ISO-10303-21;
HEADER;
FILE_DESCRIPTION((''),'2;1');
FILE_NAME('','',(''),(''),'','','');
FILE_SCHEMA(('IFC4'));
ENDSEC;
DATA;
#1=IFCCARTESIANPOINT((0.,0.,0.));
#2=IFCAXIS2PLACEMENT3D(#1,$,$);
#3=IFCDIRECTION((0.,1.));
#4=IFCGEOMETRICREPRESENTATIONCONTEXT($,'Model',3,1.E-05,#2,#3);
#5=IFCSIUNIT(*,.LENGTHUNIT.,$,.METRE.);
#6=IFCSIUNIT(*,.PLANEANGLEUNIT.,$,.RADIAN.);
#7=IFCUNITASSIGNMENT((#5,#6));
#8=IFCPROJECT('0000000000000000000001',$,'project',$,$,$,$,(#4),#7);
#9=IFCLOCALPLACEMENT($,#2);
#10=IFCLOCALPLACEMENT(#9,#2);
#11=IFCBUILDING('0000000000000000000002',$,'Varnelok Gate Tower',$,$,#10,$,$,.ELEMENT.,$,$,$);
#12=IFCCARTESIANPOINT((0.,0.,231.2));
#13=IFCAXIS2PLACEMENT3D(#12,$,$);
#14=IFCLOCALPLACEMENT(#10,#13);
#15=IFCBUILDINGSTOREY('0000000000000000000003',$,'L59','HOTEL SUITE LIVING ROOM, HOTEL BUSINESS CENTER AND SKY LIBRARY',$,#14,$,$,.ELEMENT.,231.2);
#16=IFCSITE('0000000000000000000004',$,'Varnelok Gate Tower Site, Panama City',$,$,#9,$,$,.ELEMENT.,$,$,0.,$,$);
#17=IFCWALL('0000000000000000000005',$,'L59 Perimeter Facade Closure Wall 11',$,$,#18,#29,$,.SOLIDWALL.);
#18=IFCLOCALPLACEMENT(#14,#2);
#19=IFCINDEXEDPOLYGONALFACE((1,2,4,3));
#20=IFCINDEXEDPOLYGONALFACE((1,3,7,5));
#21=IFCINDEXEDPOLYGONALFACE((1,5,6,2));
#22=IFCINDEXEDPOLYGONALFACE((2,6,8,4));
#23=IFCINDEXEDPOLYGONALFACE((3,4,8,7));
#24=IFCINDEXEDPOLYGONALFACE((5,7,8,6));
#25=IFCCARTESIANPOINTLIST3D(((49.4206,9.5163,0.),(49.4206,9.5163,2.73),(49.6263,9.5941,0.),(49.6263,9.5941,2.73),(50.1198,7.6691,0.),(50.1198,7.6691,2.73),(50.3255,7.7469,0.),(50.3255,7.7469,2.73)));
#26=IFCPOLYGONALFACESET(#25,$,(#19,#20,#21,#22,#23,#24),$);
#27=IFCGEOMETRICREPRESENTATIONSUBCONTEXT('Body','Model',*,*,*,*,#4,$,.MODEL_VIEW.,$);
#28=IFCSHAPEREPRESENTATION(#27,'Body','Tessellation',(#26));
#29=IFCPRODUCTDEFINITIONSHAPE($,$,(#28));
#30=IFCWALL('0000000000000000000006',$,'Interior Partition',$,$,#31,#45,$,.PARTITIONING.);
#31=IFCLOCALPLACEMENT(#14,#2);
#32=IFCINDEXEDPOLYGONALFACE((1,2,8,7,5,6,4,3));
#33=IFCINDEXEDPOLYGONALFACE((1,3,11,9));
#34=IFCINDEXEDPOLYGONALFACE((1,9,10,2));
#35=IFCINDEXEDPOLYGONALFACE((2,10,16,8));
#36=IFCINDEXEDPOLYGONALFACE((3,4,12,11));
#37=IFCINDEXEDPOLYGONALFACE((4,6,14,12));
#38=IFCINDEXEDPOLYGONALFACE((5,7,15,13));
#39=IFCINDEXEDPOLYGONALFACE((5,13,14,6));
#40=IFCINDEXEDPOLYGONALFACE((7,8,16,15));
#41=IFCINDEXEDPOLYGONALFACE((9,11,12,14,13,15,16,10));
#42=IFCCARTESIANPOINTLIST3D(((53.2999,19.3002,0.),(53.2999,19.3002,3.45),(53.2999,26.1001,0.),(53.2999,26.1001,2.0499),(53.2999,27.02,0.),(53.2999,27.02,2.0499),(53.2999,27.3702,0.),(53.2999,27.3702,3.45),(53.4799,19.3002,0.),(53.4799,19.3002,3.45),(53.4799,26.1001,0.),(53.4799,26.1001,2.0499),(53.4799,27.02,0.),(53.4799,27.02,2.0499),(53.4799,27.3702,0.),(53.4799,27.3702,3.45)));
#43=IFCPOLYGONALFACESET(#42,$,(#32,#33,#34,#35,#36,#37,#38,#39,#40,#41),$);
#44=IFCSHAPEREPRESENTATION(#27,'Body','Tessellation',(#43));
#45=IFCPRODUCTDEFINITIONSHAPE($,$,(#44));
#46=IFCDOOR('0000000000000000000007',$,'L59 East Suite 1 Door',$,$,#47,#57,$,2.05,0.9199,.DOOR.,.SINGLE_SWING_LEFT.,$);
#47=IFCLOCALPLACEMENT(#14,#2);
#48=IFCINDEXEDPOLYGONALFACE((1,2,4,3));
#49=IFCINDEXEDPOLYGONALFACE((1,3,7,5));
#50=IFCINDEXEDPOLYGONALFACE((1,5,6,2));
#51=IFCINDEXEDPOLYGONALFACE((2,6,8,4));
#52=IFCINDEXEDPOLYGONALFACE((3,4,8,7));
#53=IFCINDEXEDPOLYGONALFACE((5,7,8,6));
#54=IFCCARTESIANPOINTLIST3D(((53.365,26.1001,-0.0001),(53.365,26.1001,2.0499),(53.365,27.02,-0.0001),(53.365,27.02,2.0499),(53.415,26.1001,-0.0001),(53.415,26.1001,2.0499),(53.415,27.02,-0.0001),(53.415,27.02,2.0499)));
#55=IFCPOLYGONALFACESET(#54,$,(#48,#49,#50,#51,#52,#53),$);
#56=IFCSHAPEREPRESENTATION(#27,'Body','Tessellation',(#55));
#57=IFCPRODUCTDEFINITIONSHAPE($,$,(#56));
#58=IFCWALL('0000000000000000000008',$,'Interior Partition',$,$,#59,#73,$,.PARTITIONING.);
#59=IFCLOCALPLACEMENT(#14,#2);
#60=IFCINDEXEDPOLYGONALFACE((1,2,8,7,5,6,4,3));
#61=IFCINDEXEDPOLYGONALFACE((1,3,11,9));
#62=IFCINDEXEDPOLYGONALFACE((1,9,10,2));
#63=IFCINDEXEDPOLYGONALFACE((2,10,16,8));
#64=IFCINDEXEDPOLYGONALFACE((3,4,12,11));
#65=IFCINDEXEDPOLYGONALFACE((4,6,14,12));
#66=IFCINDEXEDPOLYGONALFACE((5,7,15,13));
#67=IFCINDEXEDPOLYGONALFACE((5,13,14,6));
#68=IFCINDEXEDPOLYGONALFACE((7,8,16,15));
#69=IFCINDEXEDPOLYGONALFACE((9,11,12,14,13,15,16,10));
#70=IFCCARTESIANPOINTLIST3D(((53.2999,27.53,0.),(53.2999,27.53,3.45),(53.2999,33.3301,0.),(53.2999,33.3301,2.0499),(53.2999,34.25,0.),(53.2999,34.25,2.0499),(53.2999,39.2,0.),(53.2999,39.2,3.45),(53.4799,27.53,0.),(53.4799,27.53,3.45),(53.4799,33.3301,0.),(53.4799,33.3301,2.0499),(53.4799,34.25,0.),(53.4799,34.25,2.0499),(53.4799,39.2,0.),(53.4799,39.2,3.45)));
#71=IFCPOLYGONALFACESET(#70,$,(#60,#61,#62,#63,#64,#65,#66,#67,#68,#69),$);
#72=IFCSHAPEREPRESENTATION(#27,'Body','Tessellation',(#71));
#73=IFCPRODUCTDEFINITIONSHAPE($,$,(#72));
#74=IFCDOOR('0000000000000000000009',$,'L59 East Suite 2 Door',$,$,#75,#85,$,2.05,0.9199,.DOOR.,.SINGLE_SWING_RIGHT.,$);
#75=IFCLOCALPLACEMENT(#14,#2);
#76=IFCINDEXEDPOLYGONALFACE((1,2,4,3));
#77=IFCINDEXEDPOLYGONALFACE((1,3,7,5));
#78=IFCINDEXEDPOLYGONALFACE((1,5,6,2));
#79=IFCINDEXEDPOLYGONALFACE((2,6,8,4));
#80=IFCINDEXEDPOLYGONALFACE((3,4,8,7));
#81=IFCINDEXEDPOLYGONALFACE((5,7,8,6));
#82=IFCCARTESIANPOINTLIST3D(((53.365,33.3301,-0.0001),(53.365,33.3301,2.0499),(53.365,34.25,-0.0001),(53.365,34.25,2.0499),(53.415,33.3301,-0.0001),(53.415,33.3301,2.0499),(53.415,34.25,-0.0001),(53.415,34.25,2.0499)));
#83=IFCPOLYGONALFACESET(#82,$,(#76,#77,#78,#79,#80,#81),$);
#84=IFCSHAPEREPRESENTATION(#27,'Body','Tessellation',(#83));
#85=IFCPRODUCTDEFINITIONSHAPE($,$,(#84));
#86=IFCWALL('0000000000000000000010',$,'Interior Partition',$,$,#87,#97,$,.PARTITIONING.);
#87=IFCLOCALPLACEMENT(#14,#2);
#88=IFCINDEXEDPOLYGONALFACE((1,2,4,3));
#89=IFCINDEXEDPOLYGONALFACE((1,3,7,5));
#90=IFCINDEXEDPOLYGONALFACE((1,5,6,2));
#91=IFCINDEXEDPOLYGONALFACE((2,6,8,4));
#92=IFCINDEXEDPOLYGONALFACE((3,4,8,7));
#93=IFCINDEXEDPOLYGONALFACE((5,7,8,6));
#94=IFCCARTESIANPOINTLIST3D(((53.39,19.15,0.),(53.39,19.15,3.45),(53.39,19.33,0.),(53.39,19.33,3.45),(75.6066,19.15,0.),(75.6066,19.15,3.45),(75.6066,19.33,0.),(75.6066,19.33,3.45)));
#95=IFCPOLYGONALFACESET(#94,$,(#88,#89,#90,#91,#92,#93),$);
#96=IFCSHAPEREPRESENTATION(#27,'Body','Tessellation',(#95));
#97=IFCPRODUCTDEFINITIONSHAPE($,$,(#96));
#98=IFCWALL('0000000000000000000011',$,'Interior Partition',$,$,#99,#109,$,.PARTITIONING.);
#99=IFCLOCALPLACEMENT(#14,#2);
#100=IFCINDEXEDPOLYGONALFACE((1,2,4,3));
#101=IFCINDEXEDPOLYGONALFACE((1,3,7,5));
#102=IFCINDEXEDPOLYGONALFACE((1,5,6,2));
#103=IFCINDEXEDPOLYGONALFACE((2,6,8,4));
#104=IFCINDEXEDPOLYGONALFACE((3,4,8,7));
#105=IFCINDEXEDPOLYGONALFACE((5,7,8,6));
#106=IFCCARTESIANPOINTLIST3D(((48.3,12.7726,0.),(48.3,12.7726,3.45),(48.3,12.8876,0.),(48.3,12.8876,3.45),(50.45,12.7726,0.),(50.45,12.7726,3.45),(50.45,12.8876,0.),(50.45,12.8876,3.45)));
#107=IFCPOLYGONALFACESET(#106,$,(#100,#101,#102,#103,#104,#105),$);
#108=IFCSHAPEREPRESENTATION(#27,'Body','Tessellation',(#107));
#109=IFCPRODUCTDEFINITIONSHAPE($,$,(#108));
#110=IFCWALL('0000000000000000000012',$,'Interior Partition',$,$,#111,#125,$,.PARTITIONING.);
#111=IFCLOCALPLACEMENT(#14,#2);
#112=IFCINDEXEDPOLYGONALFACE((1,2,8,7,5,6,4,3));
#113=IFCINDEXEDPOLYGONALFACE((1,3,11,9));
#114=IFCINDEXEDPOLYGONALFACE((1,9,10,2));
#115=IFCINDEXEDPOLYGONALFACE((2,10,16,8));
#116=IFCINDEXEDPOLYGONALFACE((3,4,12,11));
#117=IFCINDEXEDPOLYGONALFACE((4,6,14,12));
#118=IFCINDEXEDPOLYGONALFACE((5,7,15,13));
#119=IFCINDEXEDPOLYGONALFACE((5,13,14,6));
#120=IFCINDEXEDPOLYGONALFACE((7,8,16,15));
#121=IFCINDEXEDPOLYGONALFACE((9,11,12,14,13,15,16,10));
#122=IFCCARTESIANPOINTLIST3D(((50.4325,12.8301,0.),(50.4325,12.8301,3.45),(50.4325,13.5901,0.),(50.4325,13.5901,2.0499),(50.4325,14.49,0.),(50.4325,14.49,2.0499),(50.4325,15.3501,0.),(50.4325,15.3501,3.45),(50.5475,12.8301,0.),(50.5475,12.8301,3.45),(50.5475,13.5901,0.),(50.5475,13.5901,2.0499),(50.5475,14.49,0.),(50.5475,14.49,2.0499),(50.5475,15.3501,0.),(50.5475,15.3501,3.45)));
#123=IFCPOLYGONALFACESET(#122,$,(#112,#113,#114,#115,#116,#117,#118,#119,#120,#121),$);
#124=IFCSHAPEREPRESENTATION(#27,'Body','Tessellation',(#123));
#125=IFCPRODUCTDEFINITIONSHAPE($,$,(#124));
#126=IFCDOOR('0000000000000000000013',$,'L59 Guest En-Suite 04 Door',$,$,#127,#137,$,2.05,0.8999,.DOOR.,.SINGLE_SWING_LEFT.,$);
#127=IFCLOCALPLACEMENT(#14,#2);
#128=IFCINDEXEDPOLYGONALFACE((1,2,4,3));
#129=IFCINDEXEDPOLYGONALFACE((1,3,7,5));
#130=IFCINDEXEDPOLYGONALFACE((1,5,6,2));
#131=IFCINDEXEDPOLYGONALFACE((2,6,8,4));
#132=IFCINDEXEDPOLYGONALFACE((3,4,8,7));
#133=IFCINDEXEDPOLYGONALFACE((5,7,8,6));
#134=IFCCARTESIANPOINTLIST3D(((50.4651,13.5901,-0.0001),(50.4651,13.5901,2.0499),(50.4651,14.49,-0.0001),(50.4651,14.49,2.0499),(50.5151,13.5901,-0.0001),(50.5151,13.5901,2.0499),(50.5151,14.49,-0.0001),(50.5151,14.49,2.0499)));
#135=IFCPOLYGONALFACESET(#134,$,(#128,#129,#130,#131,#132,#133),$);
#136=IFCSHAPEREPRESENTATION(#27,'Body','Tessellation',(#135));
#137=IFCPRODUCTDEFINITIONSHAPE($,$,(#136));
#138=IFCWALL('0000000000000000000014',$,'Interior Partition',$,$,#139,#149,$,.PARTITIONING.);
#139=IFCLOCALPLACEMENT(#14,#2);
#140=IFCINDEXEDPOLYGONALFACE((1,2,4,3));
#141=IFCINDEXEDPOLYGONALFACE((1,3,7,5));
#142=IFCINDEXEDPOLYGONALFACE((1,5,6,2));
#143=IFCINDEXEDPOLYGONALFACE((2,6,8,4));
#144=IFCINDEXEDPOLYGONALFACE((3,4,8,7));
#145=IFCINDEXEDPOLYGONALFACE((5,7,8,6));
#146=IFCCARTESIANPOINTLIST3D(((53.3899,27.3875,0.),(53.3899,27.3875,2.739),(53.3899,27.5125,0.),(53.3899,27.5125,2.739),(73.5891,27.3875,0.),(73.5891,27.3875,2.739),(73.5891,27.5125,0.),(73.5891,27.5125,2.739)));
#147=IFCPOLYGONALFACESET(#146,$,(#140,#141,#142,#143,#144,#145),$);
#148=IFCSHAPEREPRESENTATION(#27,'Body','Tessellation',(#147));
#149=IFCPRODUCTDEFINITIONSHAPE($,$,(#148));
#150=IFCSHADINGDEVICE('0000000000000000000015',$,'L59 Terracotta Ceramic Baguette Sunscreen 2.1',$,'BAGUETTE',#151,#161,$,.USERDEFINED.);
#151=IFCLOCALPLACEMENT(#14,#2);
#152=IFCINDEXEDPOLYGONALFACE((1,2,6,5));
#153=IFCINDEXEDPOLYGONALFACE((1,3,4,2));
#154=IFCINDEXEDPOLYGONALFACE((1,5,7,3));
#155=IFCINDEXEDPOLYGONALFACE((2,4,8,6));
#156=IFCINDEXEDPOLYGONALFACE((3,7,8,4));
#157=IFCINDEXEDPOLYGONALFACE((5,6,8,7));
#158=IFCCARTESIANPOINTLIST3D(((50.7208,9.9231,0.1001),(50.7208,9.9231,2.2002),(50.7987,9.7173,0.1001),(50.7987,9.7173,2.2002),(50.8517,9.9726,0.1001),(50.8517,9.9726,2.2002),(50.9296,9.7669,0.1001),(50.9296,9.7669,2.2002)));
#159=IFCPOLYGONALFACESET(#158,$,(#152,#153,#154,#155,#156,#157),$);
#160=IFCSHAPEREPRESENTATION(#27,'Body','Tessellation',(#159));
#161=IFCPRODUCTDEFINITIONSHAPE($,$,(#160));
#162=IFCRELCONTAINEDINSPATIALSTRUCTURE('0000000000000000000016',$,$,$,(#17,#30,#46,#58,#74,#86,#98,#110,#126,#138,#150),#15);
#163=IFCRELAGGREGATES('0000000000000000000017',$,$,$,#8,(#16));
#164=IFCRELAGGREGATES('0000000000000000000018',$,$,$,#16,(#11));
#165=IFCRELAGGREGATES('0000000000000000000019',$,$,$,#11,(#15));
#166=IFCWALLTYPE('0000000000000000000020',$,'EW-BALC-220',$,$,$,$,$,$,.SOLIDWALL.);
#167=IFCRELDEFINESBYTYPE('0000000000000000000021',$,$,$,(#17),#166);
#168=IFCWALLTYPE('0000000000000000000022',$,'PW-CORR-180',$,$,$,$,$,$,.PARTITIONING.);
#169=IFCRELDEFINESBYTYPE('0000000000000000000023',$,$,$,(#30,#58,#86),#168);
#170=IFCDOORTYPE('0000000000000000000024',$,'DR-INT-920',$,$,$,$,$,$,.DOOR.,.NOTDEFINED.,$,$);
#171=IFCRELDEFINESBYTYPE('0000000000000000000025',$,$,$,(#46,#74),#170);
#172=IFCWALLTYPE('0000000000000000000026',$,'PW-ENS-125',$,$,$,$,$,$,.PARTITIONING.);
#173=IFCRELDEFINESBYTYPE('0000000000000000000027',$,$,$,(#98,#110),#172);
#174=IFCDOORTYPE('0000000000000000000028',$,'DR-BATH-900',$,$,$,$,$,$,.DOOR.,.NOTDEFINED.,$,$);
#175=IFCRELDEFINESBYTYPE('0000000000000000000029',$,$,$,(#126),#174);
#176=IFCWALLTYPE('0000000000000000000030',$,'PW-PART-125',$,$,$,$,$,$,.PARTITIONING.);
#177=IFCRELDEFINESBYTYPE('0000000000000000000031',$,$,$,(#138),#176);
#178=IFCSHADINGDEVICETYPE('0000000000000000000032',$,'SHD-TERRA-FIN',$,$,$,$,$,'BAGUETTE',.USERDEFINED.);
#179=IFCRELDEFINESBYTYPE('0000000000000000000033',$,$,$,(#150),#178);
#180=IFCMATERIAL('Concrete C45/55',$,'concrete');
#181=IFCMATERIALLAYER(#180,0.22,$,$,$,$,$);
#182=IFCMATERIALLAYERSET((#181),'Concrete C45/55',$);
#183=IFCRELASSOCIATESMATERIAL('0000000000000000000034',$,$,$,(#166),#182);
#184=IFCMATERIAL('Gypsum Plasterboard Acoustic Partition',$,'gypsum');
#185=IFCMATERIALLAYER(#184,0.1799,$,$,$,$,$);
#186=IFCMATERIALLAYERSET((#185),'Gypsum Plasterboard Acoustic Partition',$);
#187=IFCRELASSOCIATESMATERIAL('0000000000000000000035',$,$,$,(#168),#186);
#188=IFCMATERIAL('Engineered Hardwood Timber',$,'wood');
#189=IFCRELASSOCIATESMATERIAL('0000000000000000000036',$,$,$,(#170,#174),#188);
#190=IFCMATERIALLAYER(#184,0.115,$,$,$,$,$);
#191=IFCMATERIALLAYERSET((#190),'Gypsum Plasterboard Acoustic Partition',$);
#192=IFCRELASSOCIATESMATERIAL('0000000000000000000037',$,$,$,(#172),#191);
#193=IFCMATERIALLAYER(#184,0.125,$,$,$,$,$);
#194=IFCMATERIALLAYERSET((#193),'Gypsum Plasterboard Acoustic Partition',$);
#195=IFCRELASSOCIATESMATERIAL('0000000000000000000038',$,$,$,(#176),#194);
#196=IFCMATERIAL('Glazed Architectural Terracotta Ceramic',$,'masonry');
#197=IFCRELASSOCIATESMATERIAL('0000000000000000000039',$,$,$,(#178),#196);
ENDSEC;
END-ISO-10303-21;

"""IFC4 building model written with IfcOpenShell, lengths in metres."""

from ifc_helpers import new_model, si_unit, direction, frame, frame_2d, origin, origin_2d, place, context, subcontext, project, spatial, rectangle, extrude, source, transform, mapped, material, layer, layer_set, type_object, element, fill, save


model = new_model("IFC4")

# Units and contexts
model_context = context("Model", 3, precision=1e-05, world=origin(), true_north=direction((0.0, 1.0)))
body_context = subcontext(model_context, "Body", "Model", "MODEL_VIEW")
ifc_project = project(units=[si_unit("LENGTHUNIT", "METRE"), si_unit("PLANEANGLEUNIT", "RADIAN")], contexts=[model_context])

# Site, building, storey
site_placement = place(None, origin())
site = spatial("IfcSite", under=ifc_project, at=site_placement, Name="Varnelok Gate Tower Site, Panama City", CompositionType="ELEMENT", RefElevation=0.0)
building_placement = place(site_placement, origin())
building = spatial("IfcBuilding", under=site, at=building_placement, Name="Varnelok Gate Tower", CompositionType="ELEMENT")
storey_placement = place(building_placement, frame((0.0, 0.0, 231.2)))
storey = spatial("IfcBuildingStorey", under=building, at=storey_placement, Name="L59", Description="HOTEL SUITE LIVING ROOM, HOTEL BUSINESS CENTER AND SKY LIBRARY", CompositionType="ELEMENT", Elevation=231.2)

# Wall
ifc_material_1 = material(Name="Concrete C45/55", Category="concrete")
ifc_layer_1 = layer(ifc_material_1, 0.22)
ifc_layer_set_1 = layer_set([ifc_layer_1], Name="Concrete C45/55")
wall_type_1 = type_object("IfcWallType", Name="EW-BALC-220", PredefinedType="SOLIDWALL", material=ifc_layer_set_1)
wall_1_placement = place(storey_placement, frame((50.2227, 7.708, 0.0), z_axis=(0.0, 0.0, 1.0), x_axis=(-0.354021, 0.935238, 0.0)))
element("IfcWall", 1, at=wall_1_placement, inside=storey, type_object=wall_type_1, Name="L59 Perimeter Facade Closure Wall 11", PredefinedType="SOLIDWALL", context=body_context, shape_type="SweptSolid", body=[
    extrude(rectangle(XDim=1.9751, YDim=0.22, at=frame_2d((0.9875, 0.0))), origin(), (0.0, 0.0, 1.0), 2.73),
])

# Walls, openings, doors
ifc_material_2 = material(Name="Gypsum Plasterboard Acoustic Partition", Category="gypsum")
ifc_layer_2 = layer(ifc_material_2, 0.1799)
ifc_layer_set_2 = layer_set([ifc_layer_2], Name="Gypsum Plasterboard Acoustic Partition")
wall_type_2 = type_object("IfcWallType", Name="PW-CORR-180", PredefinedType="PARTITIONING", material=ifc_layer_set_2)
wall_2_placement = place(storey_placement, frame((53.3899, 19.3, 0.0), z_axis=(0.0, 0.0, 1.0), x_axis=(0.0, 1.0, 0.0)))
wall_2 = element("IfcWall", 2, at=wall_2_placement, inside=storey, type_object=wall_type_2, Name="Interior Partition", PredefinedType="PARTITIONING", context=body_context, shape_type="SweptSolid", body=[
    extrude(rectangle(XDim=8.0701, YDim=0.1799, at=frame_2d((4.0352, 0.0))), origin(), (0.0, 0.0, 1.0), 3.45),
])
opening_1_placement = place(wall_2_placement, frame((6.8, 0.0, 0.0)))
opening_1 = element("IfcOpeningElement", 3, at=opening_1_placement, cuts=wall_2, PredefinedType="OPENING", context=body_context, shape_type="SweptSolid", body=[
    extrude(rectangle(XDim=0.9199, YDim=2.05, at=frame_2d((0.46, 1.0249))), frame((0.0, 0.0999, 0.0), z_axis=(0.0, -1.0, 0.0), x_axis=(1.0, 0.0, 0.0)), (0.0, 0.0, 1.0), 0.2),
])
ifc_material_3 = material(Name="Engineered Hardwood Timber", Category="wood")
door_type_1 = type_object("IfcDoorType", Name="DR-INT-920", OperationType="NOTDEFINED", PredefinedType="DOOR", material=ifc_material_3)
door_1_placement = place(opening_1_placement, origin())
door_1 = element("IfcDoor", 4, at=door_1_placement, inside=storey, type_object=door_type_1, Name="L59 East Suite 1 Door", OperationType="SINGLE_SWING_LEFT", OverallHeight=2.05, OverallWidth=0.9199, PredefinedType="DOOR", context=body_context, shape_type="SweptSolid", body=[
    extrude(rectangle(XDim=0.9199, YDim=2.05, at=frame_2d((0.46, 1.0249))), frame((0.0, 0.0249, 0.0), z_axis=(0.0, -1.0, 0.0), x_axis=(1.0, 0.0, 0.0)), (0.0, 0.0, 1.0), 0.05),
])
fill(opening_1, door_1)
wall_3_placement = place(storey_placement, frame((53.3899, 27.53, 0.0), z_axis=(0.0, 0.0, 1.0), x_axis=(0.0, 1.0, 0.0)))
wall_3 = element("IfcWall", 5, at=wall_3_placement, inside=storey, type_object=wall_type_2, Name="Interior Partition", PredefinedType="PARTITIONING", context=body_context, shape_type="SweptSolid", body=[
    extrude(rectangle(XDim=11.6699, YDim=0.1799, at=frame_2d((5.835, 0.0))), origin(), (0.0, 0.0, 1.0), 3.45),
])
opening_2_placement = place(wall_3_placement, frame((5.8, 0.0, 0.0)))
opening_2 = element("IfcOpeningElement", 6, at=opening_2_placement, cuts=wall_3, PredefinedType="OPENING", context=body_context, shape_type="SweptSolid", body=[
    extrude(rectangle(XDim=0.9199, YDim=2.05, at=frame_2d((0.46, 1.0249))), frame((0.0, 0.0999, 0.0), z_axis=(0.0, -1.0, 0.0), x_axis=(1.0, 0.0, 0.0)), (0.0, 0.0, 1.0), 0.2),
])
door_2_placement = place(opening_2_placement, origin())
door_2 = element("IfcDoor", 7, at=door_2_placement, inside=storey, type_object=door_type_1, Name="L59 East Suite 2 Door", OperationType="SINGLE_SWING_RIGHT", OverallHeight=2.05, OverallWidth=0.9199, PredefinedType="DOOR", context=body_context, shape_type="SweptSolid", body=[
    extrude(rectangle(XDim=0.9199, YDim=2.05, at=frame_2d((0.46, 1.0249))), frame((0.0, 0.0249, 0.0), z_axis=(0.0, -1.0, 0.0), x_axis=(1.0, 0.0, 0.0)), (0.0, 0.0, 1.0), 0.05),
])
fill(opening_2, door_2)

# Walls
wall_4_placement = place(storey_placement, frame((53.3899, 19.24, 0.0), z_axis=(0.0, 0.0, 1.0), x_axis=(1.0, 0.0, 0.0)))
element("IfcWall", 8, at=wall_4_placement, inside=storey, type_object=wall_type_2, Name="Interior Partition", PredefinedType="PARTITIONING", context=body_context, shape_type="SweptSolid", body=[
    extrude(rectangle(XDim=22.2166, YDim=0.1799, at=frame_2d((11.1084, 0.0))), origin(), (0.0, 0.0, 1.0), 3.45),
])
ifc_layer_3 = layer(ifc_material_2, 0.115)
ifc_layer_set_3 = layer_set([ifc_layer_3], Name="Gypsum Plasterboard Acoustic Partition")
wall_type_3 = type_object("IfcWallType", Name="PW-ENS-125", PredefinedType="PARTITIONING", material=ifc_layer_set_3)
wall_5_placement = place(storey_placement, frame((48.3, 12.8301, 0.0), z_axis=(0.0, 0.0, 1.0), x_axis=(1.0, 0.0, 0.0)))
element("IfcWall", 9, at=wall_5_placement, inside=storey, type_object=wall_type_3, Name="Interior Partition", PredefinedType="PARTITIONING", context=body_context, shape_type="SweptSolid", body=[
    extrude(rectangle(XDim=2.1499, YDim=0.115, at=frame_2d((1.075, 0.0))), origin(), (0.0, 0.0, 1.0), 3.45),
])

# Wall, opening, door
wall_6_placement = place(storey_placement, frame((50.49, 12.8301, 0.0), z_axis=(0.0, 0.0, 1.0), x_axis=(0.0, 1.0, 0.0)))
wall_6 = element("IfcWall", 10, at=wall_6_placement, inside=storey, type_object=wall_type_3, Name="Interior Partition", PredefinedType="PARTITIONING", context=body_context, shape_type="SweptSolid", body=[
    extrude(rectangle(XDim=2.52, YDim=0.115, at=frame_2d((1.26, 0.0))), origin(), (0.0, 0.0, 1.0), 3.45),
])
opening_3_placement = place(wall_6_placement, frame((0.76, 0.0, 0.0)))
opening_3 = element("IfcOpeningElement", 11, at=opening_3_placement, cuts=wall_6, PredefinedType="OPENING", context=body_context, shape_type="SweptSolid", body=[
    extrude(rectangle(XDim=0.8999, YDim=2.05, at=frame_2d((0.45, 1.0249))), frame((0.0, 0.0674, 0.0), z_axis=(0.0, -1.0, 0.0), x_axis=(1.0, 0.0, 0.0)), (0.0, 0.0, 1.0), 0.135),
])
door_type_2 = type_object("IfcDoorType", Name="DR-BATH-900", OperationType="NOTDEFINED", PredefinedType="DOOR", material=ifc_material_3)
door_3_placement = place(opening_3_placement, origin())
door_3 = element("IfcDoor", 12, at=door_3_placement, inside=storey, type_object=door_type_2, Name="L59 Guest En-Suite 04 Door", OperationType="SINGLE_SWING_LEFT", OverallHeight=2.05, OverallWidth=0.8999, PredefinedType="DOOR", context=body_context, shape_type="SweptSolid", body=[
    extrude(rectangle(XDim=0.8999, YDim=2.05, at=frame_2d((0.45, 1.0249))), frame((0.0, 0.0249, 0.0), z_axis=(0.0, -1.0, 0.0), x_axis=(1.0, 0.0, 0.0)), (0.0, 0.0, 1.0), 0.05),
])
fill(opening_3, door_3)

# Wall
ifc_layer_4 = layer(ifc_material_2, 0.125)
ifc_layer_set_4 = layer_set([ifc_layer_4], Name="Gypsum Plasterboard Acoustic Partition")
wall_type_4 = type_object("IfcWallType", Name="PW-PART-125", PredefinedType="PARTITIONING", material=ifc_layer_set_4)
wall_7_placement = place(storey_placement, frame((53.3899, 27.45, 0.0), z_axis=(0.0, 0.0, 1.0), x_axis=(1.0, 0.0, 0.0)))
element("IfcWall", 13, at=wall_7_placement, inside=storey, type_object=wall_type_4, Name="Interior Partition", PredefinedType="PARTITIONING", context=body_context, shape_type="SweptSolid", body=[
    extrude(rectangle(XDim=20.1992, YDim=0.125, at=frame_2d((10.0996, 0.0))), origin(), (0.0, 0.0, 1.0), 2.739),
])

# Shading device
ifc_material_4 = material(Name="Glazed Architectural Terracotta Ceramic", Category="masonry")
shading_device_type = type_object("IfcShadingDeviceType", Name="SHD-TERRA-FIN", ElementType="BAGUETTE", PredefinedType="USERDEFINED", material=ifc_material_4)
shared_shape_1 = source(origin(), body_context, "Body", "SweptSolid", [
    extrude(rectangle(XDim=0.1399, YDim=0.22, at=origin_2d()), origin(), (0.0, 0.0, 1.0), 2.1001),
])
shading_device_placement = place(storey_placement, frame((50.8252, 9.845, 0.1001), z_axis=(0.0, 0.0, 1.0), x_axis=(0.935222, 0.354063, 0.0)))
element("IfcShadingDevice", 14, at=shading_device_placement, inside=storey, type_object=shading_device_type, Name="L59 Terracotta Ceramic Baguette Sunscreen 2.1", ObjectType="BAGUETTE", PredefinedType="USERDEFINED", context=body_context, shape_type="MappedRepresentation", body=[
    mapped(shared_shape_1, transform((0.0, 0.0, 0.0), scale=1.0)),
])

save(model, "model.ifc")
